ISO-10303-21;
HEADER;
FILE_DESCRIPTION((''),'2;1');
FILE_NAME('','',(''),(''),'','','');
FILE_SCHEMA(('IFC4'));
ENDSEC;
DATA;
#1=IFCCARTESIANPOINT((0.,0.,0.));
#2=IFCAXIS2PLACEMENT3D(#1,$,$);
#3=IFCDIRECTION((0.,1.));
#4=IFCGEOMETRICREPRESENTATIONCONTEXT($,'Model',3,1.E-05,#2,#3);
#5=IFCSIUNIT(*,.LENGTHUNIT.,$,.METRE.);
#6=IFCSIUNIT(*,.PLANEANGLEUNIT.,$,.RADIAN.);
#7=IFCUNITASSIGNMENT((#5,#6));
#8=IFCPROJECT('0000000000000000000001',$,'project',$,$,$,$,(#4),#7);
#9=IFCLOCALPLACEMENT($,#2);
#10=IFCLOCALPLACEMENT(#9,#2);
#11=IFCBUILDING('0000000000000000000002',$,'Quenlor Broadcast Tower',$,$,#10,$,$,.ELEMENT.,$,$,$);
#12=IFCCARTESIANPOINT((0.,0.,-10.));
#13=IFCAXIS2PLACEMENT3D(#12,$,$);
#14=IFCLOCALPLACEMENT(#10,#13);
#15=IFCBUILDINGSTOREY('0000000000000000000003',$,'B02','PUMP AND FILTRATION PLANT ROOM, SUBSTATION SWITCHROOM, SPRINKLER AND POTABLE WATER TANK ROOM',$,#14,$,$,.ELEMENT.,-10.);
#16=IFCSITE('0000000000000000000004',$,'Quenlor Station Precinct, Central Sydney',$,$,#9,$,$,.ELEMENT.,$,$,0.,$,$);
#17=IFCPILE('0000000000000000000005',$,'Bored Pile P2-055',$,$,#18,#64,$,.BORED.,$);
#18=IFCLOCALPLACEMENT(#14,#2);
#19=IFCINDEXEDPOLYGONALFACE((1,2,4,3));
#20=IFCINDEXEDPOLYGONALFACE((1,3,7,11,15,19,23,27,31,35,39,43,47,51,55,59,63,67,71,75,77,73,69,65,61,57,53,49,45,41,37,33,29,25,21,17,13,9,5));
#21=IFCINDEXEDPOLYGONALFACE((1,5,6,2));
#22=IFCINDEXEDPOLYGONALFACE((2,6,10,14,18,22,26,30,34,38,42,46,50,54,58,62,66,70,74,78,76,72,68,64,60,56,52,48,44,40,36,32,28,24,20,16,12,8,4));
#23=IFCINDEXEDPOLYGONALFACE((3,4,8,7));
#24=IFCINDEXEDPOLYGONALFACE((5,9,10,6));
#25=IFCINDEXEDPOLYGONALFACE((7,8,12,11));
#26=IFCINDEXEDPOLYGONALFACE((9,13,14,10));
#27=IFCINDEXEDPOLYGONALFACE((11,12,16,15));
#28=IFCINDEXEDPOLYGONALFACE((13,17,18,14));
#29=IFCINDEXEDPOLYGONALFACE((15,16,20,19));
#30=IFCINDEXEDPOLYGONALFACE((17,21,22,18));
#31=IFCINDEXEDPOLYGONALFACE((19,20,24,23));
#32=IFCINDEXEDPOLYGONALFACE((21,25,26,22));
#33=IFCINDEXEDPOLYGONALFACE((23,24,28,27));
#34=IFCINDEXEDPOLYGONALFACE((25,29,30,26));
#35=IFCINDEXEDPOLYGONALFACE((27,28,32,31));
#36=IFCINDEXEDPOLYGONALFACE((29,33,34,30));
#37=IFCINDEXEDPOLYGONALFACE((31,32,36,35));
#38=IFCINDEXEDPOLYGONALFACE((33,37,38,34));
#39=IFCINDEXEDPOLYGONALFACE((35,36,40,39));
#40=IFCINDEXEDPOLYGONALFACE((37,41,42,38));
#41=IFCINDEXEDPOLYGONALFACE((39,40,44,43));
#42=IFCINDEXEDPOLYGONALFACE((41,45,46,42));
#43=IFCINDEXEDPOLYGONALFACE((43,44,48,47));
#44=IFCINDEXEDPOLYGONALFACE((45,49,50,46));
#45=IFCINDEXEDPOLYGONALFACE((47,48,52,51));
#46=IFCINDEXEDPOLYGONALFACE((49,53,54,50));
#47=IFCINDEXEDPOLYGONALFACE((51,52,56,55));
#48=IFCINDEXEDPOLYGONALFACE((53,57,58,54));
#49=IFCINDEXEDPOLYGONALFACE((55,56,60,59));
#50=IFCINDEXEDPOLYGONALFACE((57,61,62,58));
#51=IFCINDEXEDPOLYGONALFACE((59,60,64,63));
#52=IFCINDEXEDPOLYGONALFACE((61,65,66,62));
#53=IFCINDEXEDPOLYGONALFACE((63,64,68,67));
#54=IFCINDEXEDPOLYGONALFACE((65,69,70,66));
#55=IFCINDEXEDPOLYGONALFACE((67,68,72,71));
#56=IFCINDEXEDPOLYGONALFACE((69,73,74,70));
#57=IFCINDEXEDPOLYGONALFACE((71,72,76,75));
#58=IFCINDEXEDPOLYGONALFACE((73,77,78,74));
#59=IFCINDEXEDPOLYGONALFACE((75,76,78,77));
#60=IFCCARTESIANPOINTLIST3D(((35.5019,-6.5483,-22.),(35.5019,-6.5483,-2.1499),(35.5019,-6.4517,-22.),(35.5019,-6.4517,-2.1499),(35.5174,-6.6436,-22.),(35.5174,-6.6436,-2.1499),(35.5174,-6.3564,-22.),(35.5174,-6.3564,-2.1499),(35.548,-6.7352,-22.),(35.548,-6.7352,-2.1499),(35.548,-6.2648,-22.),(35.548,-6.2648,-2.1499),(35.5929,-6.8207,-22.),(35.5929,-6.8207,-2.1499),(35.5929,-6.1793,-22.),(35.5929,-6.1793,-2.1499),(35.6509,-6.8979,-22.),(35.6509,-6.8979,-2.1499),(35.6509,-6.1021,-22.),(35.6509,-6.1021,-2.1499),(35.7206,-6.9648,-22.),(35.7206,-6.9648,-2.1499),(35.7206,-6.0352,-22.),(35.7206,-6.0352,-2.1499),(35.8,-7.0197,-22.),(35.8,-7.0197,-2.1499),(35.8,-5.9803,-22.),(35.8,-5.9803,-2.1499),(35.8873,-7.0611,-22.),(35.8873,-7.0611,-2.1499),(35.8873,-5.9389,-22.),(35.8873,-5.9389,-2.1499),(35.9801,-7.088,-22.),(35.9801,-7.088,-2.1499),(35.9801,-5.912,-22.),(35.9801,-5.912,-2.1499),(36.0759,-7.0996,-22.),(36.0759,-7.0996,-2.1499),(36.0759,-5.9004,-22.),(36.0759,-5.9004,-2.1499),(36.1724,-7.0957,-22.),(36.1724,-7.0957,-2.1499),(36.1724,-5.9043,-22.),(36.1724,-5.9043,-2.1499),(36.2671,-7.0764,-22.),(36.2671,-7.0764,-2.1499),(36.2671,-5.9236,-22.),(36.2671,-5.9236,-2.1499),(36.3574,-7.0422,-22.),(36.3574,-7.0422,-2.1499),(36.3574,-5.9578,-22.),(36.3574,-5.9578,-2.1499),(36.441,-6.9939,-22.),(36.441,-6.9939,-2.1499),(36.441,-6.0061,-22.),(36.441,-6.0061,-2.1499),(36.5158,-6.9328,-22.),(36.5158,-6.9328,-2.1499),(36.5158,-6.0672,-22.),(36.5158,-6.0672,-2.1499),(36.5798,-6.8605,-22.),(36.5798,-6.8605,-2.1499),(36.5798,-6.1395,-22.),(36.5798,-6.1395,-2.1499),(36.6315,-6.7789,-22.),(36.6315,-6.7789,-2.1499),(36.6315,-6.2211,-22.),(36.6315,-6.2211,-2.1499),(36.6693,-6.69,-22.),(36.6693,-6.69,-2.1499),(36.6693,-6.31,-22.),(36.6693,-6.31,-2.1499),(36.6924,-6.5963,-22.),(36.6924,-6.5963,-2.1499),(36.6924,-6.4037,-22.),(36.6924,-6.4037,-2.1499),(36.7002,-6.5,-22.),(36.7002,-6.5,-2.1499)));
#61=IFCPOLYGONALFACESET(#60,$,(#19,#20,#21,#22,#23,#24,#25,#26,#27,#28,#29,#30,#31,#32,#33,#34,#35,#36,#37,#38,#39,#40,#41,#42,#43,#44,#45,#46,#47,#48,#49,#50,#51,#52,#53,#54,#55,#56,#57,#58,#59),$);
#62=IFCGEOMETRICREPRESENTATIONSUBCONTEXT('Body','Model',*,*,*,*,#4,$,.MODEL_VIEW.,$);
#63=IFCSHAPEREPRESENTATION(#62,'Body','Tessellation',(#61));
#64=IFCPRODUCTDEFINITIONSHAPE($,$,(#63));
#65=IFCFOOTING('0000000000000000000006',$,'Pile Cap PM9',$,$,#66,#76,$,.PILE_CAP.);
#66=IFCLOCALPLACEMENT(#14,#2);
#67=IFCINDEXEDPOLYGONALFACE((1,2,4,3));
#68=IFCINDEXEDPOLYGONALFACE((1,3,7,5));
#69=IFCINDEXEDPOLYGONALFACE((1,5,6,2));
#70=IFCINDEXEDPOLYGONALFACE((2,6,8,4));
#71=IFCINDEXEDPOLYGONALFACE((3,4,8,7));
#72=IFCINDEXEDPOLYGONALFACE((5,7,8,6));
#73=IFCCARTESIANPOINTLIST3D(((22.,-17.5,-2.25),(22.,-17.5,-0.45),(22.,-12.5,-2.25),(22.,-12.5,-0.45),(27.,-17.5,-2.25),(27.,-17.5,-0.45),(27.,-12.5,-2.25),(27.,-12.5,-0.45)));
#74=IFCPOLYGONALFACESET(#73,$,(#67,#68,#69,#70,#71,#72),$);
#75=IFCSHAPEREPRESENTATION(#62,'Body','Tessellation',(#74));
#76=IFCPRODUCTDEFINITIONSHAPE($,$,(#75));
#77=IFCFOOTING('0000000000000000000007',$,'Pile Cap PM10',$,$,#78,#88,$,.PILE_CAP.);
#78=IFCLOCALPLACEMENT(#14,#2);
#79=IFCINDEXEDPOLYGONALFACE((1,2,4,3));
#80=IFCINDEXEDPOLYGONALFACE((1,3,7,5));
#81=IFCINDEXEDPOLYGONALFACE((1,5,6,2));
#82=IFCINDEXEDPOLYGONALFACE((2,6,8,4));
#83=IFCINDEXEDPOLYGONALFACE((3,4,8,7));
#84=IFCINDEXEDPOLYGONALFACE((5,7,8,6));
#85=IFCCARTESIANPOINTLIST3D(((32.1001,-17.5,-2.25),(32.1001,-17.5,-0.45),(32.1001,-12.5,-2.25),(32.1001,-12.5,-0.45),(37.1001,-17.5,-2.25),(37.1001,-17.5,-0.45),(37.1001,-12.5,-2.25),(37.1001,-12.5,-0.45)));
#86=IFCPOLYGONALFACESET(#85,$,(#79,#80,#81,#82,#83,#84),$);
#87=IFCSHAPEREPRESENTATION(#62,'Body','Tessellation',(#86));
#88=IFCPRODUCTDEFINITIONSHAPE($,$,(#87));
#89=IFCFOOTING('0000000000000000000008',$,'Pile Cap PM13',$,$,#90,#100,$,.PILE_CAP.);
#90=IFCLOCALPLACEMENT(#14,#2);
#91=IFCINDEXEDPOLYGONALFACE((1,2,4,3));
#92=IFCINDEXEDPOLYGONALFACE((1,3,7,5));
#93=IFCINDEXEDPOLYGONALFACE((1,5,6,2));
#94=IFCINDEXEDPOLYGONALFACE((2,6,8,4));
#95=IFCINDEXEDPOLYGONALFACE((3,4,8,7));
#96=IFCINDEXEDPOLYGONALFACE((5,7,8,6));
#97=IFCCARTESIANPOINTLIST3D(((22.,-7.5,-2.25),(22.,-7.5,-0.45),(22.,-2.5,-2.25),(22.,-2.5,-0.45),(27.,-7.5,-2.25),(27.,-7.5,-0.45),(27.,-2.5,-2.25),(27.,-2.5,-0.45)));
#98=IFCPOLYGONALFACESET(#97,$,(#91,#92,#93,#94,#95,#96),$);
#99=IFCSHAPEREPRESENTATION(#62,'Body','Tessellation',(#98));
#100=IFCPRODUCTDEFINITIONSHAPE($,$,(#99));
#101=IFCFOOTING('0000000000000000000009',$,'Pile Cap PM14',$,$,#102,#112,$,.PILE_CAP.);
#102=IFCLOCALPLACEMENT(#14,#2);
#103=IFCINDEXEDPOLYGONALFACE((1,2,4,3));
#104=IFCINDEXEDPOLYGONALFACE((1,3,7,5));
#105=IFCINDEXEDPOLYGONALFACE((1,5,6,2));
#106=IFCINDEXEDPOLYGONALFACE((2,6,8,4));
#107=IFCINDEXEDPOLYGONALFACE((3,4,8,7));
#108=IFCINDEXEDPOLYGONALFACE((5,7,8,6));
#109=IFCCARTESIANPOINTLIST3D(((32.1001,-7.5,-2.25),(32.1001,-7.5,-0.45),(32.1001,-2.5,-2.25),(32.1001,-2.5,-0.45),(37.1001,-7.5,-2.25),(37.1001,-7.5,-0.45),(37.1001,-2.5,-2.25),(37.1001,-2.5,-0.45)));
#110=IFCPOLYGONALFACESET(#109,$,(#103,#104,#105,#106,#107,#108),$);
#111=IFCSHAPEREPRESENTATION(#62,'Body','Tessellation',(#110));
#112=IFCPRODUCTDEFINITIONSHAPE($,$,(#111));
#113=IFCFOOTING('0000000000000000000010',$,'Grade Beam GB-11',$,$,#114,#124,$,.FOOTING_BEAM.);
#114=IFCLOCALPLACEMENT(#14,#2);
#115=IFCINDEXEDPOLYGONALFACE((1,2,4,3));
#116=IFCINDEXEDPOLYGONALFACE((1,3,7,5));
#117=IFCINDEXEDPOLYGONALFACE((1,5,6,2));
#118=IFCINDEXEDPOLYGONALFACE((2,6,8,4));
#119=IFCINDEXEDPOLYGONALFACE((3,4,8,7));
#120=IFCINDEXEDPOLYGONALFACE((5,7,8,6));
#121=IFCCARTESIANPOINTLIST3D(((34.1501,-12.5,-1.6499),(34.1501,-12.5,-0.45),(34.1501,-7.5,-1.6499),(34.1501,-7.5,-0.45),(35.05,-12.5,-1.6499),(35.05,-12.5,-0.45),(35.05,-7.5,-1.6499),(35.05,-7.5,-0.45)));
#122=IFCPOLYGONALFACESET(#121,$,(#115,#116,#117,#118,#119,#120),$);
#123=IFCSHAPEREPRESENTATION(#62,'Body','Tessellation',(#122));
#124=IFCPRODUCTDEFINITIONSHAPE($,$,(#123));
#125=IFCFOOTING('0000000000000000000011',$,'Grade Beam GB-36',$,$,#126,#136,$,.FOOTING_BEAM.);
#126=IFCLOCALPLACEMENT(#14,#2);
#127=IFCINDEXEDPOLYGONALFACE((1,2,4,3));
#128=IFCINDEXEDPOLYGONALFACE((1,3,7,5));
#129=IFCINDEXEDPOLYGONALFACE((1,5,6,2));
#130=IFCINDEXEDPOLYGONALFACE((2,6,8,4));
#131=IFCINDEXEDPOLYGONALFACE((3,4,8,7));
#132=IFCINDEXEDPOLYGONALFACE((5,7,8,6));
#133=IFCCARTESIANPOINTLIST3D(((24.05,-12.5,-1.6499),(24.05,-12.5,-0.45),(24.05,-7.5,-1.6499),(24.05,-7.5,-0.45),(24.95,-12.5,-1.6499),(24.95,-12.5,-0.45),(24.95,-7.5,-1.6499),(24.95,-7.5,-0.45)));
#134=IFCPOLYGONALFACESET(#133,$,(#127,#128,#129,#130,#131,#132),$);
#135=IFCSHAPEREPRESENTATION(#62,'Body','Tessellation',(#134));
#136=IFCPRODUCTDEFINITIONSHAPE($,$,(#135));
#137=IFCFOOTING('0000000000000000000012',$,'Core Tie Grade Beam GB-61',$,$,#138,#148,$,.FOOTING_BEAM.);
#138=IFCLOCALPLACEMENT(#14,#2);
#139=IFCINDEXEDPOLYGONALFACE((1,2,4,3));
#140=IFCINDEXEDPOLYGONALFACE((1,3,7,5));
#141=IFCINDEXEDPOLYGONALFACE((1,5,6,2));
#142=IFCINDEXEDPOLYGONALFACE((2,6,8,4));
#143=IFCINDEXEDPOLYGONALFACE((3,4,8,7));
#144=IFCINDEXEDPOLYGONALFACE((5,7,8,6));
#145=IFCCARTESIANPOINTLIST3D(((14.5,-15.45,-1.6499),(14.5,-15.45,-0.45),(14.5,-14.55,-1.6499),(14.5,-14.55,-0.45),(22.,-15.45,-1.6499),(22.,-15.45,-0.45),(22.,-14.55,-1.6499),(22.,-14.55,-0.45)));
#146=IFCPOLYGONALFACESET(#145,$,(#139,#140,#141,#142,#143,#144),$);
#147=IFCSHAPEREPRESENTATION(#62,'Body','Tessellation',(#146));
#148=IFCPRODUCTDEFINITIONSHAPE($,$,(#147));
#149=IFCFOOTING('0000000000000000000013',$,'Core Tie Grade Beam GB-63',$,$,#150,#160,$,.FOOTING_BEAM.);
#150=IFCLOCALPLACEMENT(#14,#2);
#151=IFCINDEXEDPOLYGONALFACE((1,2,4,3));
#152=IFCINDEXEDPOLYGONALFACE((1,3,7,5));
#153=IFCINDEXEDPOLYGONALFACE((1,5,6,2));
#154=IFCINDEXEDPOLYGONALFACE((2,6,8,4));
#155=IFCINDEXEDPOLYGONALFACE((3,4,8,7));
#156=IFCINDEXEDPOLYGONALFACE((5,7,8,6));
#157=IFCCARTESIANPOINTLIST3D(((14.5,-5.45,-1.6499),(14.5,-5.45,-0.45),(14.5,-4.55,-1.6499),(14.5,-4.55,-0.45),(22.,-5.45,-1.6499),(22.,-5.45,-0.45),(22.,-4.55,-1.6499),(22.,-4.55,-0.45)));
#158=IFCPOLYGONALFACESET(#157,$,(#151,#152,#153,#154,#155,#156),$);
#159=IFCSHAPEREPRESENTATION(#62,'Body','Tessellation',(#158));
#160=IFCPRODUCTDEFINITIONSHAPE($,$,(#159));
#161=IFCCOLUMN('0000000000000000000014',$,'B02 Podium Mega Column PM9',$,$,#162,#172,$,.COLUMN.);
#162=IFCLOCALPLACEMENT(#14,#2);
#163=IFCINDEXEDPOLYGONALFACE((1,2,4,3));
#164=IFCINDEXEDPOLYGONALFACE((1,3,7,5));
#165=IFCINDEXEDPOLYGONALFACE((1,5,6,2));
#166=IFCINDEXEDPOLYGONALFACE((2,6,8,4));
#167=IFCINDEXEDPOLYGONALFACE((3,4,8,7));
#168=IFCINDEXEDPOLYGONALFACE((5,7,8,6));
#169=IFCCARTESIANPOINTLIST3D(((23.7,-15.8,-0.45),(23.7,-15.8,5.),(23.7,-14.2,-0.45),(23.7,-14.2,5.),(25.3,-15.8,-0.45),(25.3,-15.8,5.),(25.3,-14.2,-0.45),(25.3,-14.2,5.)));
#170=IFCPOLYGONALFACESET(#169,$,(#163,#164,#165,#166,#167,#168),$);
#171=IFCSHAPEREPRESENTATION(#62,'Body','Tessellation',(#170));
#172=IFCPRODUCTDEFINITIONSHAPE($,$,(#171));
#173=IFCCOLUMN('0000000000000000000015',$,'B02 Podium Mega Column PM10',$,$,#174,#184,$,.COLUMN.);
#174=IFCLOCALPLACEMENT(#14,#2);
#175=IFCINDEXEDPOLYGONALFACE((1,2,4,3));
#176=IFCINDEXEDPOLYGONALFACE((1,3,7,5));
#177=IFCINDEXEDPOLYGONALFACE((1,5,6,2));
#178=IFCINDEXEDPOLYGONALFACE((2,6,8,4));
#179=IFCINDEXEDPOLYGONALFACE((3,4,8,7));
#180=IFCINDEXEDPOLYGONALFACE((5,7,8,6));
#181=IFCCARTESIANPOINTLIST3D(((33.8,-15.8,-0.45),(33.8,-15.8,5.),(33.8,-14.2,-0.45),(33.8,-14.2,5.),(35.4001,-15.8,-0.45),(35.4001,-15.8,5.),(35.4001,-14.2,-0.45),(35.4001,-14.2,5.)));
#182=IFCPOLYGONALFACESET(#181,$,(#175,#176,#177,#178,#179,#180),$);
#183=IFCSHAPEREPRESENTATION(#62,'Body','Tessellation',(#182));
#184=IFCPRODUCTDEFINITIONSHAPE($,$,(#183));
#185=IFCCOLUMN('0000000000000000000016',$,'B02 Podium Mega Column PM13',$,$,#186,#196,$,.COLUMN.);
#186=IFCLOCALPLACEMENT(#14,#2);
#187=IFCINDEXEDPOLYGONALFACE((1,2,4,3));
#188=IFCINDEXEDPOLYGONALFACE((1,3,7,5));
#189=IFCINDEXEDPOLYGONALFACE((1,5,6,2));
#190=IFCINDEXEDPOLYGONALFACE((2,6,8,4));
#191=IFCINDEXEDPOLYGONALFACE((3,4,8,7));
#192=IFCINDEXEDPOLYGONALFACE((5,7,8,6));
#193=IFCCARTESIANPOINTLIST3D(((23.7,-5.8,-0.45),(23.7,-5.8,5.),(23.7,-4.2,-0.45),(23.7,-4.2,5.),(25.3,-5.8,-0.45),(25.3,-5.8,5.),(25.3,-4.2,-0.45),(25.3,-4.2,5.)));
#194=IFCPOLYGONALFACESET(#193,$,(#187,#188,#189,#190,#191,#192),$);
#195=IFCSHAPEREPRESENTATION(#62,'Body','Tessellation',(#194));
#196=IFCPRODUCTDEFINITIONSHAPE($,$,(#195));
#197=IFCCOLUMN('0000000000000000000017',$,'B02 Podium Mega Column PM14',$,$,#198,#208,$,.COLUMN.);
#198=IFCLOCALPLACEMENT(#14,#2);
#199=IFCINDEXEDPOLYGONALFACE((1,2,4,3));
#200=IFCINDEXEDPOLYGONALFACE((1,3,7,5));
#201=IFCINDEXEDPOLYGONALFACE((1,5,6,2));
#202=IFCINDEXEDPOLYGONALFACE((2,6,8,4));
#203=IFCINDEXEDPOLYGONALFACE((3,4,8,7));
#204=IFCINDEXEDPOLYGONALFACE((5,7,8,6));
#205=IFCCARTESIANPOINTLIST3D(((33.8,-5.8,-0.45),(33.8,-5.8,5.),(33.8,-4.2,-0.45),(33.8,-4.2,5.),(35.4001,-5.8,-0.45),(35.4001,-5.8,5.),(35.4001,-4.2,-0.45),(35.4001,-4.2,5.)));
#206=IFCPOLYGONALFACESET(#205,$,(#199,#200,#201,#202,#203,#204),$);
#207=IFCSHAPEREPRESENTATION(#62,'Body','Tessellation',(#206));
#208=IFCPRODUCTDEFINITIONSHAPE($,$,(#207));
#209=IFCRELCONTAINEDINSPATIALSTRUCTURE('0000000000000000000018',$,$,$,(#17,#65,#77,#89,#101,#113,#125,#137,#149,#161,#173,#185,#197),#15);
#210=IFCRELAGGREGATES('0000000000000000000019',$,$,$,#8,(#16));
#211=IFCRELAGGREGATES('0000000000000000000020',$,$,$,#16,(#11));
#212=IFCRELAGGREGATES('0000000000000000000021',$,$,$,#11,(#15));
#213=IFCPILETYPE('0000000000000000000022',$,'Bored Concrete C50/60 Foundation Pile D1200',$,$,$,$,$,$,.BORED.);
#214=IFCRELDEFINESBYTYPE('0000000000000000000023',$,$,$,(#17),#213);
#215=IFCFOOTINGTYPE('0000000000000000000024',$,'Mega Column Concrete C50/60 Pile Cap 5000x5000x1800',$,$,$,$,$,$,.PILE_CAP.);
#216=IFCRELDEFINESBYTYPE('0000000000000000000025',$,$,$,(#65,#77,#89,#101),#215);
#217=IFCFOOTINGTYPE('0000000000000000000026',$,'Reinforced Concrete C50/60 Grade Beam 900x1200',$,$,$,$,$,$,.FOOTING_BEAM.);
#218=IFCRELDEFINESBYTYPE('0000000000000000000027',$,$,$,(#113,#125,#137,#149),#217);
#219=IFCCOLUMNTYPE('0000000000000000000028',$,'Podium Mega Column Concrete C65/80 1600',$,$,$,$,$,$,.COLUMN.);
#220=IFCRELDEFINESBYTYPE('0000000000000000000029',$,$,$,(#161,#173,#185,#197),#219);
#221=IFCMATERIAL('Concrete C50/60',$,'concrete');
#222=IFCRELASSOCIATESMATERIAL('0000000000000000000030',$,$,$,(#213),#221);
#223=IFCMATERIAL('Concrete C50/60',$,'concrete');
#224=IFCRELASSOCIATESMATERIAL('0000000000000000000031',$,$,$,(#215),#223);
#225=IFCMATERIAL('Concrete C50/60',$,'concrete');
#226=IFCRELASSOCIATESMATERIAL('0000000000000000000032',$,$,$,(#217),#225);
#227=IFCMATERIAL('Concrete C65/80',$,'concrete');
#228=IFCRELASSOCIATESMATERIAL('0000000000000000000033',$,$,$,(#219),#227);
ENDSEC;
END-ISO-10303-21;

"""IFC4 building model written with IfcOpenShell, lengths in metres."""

from ifc_helpers import new_model, si_unit, direction, frame, origin, origin_2d, place, context, subcontext, project, spatial, rectangle, circle, extrude, material, material_profile, profile_set, type_object, element, save


model = new_model("IFC4")

# Units and contexts
model_context = context("Model", 3, precision=1e-05, world=origin(), true_north=direction((0.0, 1.0)))
body_context = subcontext(model_context, "Body", "Model", "MODEL_VIEW")
ifc_project = project(units=[si_unit("LENGTHUNIT", "METRE"), si_unit("PLANEANGLEUNIT", "RADIAN")], contexts=[model_context])

# Site, building, storey
site_placement = place(None, origin())
site = spatial("IfcSite", under=ifc_project, at=site_placement, Name="Quenlor Station Precinct, Central Sydney", CompositionType="ELEMENT", RefElevation=0.0)
building_placement = place(site_placement, origin())
building = spatial("IfcBuilding", under=site, at=building_placement, Name="Quenlor Broadcast Tower", CompositionType="ELEMENT")
storey_placement = place(building_placement, frame((0.0, 0.0, -10.0)))
storey = spatial("IfcBuildingStorey", under=building, at=storey_placement, Name="B02", Description="PUMP AND FILTRATION PLANT ROOM, SUBSTATION SWITCHROOM, SPRINKLER AND POTABLE WATER TANK ROOM", CompositionType="ELEMENT", Elevation=-10.0)

# Pile
ifc_material_1 = material(Name="Concrete C50/60", Category="concrete")
ifc_material_profile_1 = material_profile(ifc_material_1, circle(Radius=0.6001, at=origin_2d()))
ifc_profile_set_1 = profile_set([ifc_material_profile_1], Name="Concrete C50/60 PILE1200")
pile_type = type_object("IfcPileType", Name="Bored Concrete C50/60 Foundation Pile D1200", PredefinedType="BORED", material=ifc_profile_set_1)
for number, where, z_axis, x_axis, name in (
    (1, (36.1001, -6.5, -2.1499), (0.0, 0.0, -1.0), (1.0, 0.0, 0.0), "Bored Pile P2-055"),
):
    element("IfcPile", number, at=place(storey_placement, frame(where, z_axis=z_axis, x_axis=x_axis)), inside=storey, type_object=pile_type, Name=name, PredefinedType="BORED", context=body_context, shape_type="SweptSolid", body=[
        extrude(circle(Radius=0.6001, at=origin_2d()), origin(), (0.0, 0.0, 1.0), 19.8501),
    ])

# Footings
ifc_material_2 = material(Name="Concrete C50/60", Category="concrete")
footing_type_1 = type_object("IfcFootingType", Name="Mega Column Concrete C50/60 Pile Cap 5000x5000x1800", PredefinedType="PILE_CAP", material=ifc_material_2)
for number, where, z_axis, x_axis, name in (
    (2, (24.5, -15.0, -2.25), (0.0, 0.0, 1.0), (1.0, 0.0, 0.0), "Pile Cap PM9"),
    (3, (34.6001, -15.0, -2.25), (0.0, 0.0, 1.0), (1.0, 0.0, 0.0), "Pile Cap PM10"),
    (4, (24.5, -5.0, -2.25), (0.0, 0.0, 1.0), (1.0, 0.0, 0.0), "Pile Cap PM13"),
    (5, (34.6001, -5.0, -2.25), (0.0, 0.0, 1.0), (1.0, 0.0, 0.0), "Pile Cap PM14"),
):
    element("IfcFooting", number, at=place(storey_placement, frame(where, z_axis=z_axis, x_axis=x_axis)), inside=storey, type_object=footing_type_1, Name=name, PredefinedType="PILE_CAP", context=body_context, shape_type="SweptSolid", body=[
        extrude(rectangle(XDim=5.0, YDim=5.0, at=origin_2d()), origin(), (0.0, 0.0, 1.0), 1.8),
    ])
ifc_material_3 = material(Name="Concrete C50/60", Category="concrete")
footing_type_2 = type_object("IfcFootingType", Name="Reinforced Concrete C50/60 Grade Beam 900x1200", PredefinedType="FOOTING_BEAM", material=ifc_material_3)
for number, where, z_axis, x_axis, name in (
    (6, (34.6001, -10.0, -1.6499), (0.0, 0.0, 1.0), (0.0, 1.0, 0.0), "Grade Beam GB-11"),
    (7, (24.5, -10.0, -1.6499), (0.0, 0.0, 1.0), (0.0, 1.0, 0.0), "Grade Beam GB-36"),
):
    element("IfcFooting", number, at=place(storey_placement, frame(where, z_axis=z_axis, x_axis=x_axis)), inside=storey, type_object=footing_type_2, Name=name, PredefinedType="FOOTING_BEAM", context=body_context, shape_type="SweptSolid", body=[
        extrude(rectangle(XDim=5.0, YDim=0.8999, at=origin_2d()), origin(), (0.0, 0.0, 1.0), 1.2),
    ])
for number, where, z_axis, x_axis, name in (
    (8, (18.25, -15.0, -1.6499), (0.0, 0.0, 1.0), (-1.0, 0.0, 0.0), "Core Tie Grade Beam GB-61"),
    (9, (18.25, -5.0, -1.6499), (0.0, 0.0, 1.0), (-1.0, 0.0, 0.0), "Core Tie Grade Beam GB-63"),
):
    element("IfcFooting", number, at=place(storey_placement, frame(where, z_axis=z_axis, x_axis=x_axis)), inside=storey, type_object=footing_type_2, Name=name, PredefinedType="FOOTING_BEAM", context=body_context, shape_type="SweptSolid", body=[
        extrude(rectangle(XDim=7.5, YDim=0.8999, at=origin_2d()), origin(), (0.0, 0.0, 1.0), 1.2),
    ])

# Columns
ifc_material_4 = material(Name="Concrete C65/80", Category="concrete")
ifc_material_profile_2 = material_profile(ifc_material_4, rectangle(XDim=1.6001, YDim=1.6001, at=origin_2d()))
ifc_profile_set_2 = profile_set([ifc_material_profile_2], Name="Concrete C65/80 RC1600x1600")
column_type = type_object("IfcColumnType", Name="Podium Mega Column Concrete C65/80 1600", PredefinedType="COLUMN", material=ifc_profile_set_2)
for number, where, z_axis, x_axis, name in (
    (10, (24.5, -15.0, -0.45), (0.0, 0.0, 1.0), (1.0, 0.0, 0.0), "B02 Podium Mega Column PM9"),
    (11, (34.6001, -15.0, -0.45), (0.0, 0.0, 1.0), (1.0, 0.0, 0.0), "B02 Podium Mega Column PM10"),
    (12, (24.5, -5.0, -0.45), (0.0, 0.0, 1.0), (1.0, 0.0, 0.0), "B02 Podium Mega Column PM13"),
    (13, (34.6001, -5.0, -0.45), (0.0, 0.0, 1.0), (1.0, 0.0, 0.0), "B02 Podium Mega Column PM14"),
):
    element("IfcColumn", number, at=place(storey_placement, frame(where, z_axis=z_axis, x_axis=x_axis)), inside=storey, type_object=column_type, Name=name, PredefinedType="COLUMN", context=body_context, shape_type="SweptSolid", body=[
        extrude(rectangle(XDim=1.6001, YDim=1.6001, at=origin_2d()), origin(), (0.0, 0.0, 1.0), 5.45),
    ])

save(model, "model.ifc")
